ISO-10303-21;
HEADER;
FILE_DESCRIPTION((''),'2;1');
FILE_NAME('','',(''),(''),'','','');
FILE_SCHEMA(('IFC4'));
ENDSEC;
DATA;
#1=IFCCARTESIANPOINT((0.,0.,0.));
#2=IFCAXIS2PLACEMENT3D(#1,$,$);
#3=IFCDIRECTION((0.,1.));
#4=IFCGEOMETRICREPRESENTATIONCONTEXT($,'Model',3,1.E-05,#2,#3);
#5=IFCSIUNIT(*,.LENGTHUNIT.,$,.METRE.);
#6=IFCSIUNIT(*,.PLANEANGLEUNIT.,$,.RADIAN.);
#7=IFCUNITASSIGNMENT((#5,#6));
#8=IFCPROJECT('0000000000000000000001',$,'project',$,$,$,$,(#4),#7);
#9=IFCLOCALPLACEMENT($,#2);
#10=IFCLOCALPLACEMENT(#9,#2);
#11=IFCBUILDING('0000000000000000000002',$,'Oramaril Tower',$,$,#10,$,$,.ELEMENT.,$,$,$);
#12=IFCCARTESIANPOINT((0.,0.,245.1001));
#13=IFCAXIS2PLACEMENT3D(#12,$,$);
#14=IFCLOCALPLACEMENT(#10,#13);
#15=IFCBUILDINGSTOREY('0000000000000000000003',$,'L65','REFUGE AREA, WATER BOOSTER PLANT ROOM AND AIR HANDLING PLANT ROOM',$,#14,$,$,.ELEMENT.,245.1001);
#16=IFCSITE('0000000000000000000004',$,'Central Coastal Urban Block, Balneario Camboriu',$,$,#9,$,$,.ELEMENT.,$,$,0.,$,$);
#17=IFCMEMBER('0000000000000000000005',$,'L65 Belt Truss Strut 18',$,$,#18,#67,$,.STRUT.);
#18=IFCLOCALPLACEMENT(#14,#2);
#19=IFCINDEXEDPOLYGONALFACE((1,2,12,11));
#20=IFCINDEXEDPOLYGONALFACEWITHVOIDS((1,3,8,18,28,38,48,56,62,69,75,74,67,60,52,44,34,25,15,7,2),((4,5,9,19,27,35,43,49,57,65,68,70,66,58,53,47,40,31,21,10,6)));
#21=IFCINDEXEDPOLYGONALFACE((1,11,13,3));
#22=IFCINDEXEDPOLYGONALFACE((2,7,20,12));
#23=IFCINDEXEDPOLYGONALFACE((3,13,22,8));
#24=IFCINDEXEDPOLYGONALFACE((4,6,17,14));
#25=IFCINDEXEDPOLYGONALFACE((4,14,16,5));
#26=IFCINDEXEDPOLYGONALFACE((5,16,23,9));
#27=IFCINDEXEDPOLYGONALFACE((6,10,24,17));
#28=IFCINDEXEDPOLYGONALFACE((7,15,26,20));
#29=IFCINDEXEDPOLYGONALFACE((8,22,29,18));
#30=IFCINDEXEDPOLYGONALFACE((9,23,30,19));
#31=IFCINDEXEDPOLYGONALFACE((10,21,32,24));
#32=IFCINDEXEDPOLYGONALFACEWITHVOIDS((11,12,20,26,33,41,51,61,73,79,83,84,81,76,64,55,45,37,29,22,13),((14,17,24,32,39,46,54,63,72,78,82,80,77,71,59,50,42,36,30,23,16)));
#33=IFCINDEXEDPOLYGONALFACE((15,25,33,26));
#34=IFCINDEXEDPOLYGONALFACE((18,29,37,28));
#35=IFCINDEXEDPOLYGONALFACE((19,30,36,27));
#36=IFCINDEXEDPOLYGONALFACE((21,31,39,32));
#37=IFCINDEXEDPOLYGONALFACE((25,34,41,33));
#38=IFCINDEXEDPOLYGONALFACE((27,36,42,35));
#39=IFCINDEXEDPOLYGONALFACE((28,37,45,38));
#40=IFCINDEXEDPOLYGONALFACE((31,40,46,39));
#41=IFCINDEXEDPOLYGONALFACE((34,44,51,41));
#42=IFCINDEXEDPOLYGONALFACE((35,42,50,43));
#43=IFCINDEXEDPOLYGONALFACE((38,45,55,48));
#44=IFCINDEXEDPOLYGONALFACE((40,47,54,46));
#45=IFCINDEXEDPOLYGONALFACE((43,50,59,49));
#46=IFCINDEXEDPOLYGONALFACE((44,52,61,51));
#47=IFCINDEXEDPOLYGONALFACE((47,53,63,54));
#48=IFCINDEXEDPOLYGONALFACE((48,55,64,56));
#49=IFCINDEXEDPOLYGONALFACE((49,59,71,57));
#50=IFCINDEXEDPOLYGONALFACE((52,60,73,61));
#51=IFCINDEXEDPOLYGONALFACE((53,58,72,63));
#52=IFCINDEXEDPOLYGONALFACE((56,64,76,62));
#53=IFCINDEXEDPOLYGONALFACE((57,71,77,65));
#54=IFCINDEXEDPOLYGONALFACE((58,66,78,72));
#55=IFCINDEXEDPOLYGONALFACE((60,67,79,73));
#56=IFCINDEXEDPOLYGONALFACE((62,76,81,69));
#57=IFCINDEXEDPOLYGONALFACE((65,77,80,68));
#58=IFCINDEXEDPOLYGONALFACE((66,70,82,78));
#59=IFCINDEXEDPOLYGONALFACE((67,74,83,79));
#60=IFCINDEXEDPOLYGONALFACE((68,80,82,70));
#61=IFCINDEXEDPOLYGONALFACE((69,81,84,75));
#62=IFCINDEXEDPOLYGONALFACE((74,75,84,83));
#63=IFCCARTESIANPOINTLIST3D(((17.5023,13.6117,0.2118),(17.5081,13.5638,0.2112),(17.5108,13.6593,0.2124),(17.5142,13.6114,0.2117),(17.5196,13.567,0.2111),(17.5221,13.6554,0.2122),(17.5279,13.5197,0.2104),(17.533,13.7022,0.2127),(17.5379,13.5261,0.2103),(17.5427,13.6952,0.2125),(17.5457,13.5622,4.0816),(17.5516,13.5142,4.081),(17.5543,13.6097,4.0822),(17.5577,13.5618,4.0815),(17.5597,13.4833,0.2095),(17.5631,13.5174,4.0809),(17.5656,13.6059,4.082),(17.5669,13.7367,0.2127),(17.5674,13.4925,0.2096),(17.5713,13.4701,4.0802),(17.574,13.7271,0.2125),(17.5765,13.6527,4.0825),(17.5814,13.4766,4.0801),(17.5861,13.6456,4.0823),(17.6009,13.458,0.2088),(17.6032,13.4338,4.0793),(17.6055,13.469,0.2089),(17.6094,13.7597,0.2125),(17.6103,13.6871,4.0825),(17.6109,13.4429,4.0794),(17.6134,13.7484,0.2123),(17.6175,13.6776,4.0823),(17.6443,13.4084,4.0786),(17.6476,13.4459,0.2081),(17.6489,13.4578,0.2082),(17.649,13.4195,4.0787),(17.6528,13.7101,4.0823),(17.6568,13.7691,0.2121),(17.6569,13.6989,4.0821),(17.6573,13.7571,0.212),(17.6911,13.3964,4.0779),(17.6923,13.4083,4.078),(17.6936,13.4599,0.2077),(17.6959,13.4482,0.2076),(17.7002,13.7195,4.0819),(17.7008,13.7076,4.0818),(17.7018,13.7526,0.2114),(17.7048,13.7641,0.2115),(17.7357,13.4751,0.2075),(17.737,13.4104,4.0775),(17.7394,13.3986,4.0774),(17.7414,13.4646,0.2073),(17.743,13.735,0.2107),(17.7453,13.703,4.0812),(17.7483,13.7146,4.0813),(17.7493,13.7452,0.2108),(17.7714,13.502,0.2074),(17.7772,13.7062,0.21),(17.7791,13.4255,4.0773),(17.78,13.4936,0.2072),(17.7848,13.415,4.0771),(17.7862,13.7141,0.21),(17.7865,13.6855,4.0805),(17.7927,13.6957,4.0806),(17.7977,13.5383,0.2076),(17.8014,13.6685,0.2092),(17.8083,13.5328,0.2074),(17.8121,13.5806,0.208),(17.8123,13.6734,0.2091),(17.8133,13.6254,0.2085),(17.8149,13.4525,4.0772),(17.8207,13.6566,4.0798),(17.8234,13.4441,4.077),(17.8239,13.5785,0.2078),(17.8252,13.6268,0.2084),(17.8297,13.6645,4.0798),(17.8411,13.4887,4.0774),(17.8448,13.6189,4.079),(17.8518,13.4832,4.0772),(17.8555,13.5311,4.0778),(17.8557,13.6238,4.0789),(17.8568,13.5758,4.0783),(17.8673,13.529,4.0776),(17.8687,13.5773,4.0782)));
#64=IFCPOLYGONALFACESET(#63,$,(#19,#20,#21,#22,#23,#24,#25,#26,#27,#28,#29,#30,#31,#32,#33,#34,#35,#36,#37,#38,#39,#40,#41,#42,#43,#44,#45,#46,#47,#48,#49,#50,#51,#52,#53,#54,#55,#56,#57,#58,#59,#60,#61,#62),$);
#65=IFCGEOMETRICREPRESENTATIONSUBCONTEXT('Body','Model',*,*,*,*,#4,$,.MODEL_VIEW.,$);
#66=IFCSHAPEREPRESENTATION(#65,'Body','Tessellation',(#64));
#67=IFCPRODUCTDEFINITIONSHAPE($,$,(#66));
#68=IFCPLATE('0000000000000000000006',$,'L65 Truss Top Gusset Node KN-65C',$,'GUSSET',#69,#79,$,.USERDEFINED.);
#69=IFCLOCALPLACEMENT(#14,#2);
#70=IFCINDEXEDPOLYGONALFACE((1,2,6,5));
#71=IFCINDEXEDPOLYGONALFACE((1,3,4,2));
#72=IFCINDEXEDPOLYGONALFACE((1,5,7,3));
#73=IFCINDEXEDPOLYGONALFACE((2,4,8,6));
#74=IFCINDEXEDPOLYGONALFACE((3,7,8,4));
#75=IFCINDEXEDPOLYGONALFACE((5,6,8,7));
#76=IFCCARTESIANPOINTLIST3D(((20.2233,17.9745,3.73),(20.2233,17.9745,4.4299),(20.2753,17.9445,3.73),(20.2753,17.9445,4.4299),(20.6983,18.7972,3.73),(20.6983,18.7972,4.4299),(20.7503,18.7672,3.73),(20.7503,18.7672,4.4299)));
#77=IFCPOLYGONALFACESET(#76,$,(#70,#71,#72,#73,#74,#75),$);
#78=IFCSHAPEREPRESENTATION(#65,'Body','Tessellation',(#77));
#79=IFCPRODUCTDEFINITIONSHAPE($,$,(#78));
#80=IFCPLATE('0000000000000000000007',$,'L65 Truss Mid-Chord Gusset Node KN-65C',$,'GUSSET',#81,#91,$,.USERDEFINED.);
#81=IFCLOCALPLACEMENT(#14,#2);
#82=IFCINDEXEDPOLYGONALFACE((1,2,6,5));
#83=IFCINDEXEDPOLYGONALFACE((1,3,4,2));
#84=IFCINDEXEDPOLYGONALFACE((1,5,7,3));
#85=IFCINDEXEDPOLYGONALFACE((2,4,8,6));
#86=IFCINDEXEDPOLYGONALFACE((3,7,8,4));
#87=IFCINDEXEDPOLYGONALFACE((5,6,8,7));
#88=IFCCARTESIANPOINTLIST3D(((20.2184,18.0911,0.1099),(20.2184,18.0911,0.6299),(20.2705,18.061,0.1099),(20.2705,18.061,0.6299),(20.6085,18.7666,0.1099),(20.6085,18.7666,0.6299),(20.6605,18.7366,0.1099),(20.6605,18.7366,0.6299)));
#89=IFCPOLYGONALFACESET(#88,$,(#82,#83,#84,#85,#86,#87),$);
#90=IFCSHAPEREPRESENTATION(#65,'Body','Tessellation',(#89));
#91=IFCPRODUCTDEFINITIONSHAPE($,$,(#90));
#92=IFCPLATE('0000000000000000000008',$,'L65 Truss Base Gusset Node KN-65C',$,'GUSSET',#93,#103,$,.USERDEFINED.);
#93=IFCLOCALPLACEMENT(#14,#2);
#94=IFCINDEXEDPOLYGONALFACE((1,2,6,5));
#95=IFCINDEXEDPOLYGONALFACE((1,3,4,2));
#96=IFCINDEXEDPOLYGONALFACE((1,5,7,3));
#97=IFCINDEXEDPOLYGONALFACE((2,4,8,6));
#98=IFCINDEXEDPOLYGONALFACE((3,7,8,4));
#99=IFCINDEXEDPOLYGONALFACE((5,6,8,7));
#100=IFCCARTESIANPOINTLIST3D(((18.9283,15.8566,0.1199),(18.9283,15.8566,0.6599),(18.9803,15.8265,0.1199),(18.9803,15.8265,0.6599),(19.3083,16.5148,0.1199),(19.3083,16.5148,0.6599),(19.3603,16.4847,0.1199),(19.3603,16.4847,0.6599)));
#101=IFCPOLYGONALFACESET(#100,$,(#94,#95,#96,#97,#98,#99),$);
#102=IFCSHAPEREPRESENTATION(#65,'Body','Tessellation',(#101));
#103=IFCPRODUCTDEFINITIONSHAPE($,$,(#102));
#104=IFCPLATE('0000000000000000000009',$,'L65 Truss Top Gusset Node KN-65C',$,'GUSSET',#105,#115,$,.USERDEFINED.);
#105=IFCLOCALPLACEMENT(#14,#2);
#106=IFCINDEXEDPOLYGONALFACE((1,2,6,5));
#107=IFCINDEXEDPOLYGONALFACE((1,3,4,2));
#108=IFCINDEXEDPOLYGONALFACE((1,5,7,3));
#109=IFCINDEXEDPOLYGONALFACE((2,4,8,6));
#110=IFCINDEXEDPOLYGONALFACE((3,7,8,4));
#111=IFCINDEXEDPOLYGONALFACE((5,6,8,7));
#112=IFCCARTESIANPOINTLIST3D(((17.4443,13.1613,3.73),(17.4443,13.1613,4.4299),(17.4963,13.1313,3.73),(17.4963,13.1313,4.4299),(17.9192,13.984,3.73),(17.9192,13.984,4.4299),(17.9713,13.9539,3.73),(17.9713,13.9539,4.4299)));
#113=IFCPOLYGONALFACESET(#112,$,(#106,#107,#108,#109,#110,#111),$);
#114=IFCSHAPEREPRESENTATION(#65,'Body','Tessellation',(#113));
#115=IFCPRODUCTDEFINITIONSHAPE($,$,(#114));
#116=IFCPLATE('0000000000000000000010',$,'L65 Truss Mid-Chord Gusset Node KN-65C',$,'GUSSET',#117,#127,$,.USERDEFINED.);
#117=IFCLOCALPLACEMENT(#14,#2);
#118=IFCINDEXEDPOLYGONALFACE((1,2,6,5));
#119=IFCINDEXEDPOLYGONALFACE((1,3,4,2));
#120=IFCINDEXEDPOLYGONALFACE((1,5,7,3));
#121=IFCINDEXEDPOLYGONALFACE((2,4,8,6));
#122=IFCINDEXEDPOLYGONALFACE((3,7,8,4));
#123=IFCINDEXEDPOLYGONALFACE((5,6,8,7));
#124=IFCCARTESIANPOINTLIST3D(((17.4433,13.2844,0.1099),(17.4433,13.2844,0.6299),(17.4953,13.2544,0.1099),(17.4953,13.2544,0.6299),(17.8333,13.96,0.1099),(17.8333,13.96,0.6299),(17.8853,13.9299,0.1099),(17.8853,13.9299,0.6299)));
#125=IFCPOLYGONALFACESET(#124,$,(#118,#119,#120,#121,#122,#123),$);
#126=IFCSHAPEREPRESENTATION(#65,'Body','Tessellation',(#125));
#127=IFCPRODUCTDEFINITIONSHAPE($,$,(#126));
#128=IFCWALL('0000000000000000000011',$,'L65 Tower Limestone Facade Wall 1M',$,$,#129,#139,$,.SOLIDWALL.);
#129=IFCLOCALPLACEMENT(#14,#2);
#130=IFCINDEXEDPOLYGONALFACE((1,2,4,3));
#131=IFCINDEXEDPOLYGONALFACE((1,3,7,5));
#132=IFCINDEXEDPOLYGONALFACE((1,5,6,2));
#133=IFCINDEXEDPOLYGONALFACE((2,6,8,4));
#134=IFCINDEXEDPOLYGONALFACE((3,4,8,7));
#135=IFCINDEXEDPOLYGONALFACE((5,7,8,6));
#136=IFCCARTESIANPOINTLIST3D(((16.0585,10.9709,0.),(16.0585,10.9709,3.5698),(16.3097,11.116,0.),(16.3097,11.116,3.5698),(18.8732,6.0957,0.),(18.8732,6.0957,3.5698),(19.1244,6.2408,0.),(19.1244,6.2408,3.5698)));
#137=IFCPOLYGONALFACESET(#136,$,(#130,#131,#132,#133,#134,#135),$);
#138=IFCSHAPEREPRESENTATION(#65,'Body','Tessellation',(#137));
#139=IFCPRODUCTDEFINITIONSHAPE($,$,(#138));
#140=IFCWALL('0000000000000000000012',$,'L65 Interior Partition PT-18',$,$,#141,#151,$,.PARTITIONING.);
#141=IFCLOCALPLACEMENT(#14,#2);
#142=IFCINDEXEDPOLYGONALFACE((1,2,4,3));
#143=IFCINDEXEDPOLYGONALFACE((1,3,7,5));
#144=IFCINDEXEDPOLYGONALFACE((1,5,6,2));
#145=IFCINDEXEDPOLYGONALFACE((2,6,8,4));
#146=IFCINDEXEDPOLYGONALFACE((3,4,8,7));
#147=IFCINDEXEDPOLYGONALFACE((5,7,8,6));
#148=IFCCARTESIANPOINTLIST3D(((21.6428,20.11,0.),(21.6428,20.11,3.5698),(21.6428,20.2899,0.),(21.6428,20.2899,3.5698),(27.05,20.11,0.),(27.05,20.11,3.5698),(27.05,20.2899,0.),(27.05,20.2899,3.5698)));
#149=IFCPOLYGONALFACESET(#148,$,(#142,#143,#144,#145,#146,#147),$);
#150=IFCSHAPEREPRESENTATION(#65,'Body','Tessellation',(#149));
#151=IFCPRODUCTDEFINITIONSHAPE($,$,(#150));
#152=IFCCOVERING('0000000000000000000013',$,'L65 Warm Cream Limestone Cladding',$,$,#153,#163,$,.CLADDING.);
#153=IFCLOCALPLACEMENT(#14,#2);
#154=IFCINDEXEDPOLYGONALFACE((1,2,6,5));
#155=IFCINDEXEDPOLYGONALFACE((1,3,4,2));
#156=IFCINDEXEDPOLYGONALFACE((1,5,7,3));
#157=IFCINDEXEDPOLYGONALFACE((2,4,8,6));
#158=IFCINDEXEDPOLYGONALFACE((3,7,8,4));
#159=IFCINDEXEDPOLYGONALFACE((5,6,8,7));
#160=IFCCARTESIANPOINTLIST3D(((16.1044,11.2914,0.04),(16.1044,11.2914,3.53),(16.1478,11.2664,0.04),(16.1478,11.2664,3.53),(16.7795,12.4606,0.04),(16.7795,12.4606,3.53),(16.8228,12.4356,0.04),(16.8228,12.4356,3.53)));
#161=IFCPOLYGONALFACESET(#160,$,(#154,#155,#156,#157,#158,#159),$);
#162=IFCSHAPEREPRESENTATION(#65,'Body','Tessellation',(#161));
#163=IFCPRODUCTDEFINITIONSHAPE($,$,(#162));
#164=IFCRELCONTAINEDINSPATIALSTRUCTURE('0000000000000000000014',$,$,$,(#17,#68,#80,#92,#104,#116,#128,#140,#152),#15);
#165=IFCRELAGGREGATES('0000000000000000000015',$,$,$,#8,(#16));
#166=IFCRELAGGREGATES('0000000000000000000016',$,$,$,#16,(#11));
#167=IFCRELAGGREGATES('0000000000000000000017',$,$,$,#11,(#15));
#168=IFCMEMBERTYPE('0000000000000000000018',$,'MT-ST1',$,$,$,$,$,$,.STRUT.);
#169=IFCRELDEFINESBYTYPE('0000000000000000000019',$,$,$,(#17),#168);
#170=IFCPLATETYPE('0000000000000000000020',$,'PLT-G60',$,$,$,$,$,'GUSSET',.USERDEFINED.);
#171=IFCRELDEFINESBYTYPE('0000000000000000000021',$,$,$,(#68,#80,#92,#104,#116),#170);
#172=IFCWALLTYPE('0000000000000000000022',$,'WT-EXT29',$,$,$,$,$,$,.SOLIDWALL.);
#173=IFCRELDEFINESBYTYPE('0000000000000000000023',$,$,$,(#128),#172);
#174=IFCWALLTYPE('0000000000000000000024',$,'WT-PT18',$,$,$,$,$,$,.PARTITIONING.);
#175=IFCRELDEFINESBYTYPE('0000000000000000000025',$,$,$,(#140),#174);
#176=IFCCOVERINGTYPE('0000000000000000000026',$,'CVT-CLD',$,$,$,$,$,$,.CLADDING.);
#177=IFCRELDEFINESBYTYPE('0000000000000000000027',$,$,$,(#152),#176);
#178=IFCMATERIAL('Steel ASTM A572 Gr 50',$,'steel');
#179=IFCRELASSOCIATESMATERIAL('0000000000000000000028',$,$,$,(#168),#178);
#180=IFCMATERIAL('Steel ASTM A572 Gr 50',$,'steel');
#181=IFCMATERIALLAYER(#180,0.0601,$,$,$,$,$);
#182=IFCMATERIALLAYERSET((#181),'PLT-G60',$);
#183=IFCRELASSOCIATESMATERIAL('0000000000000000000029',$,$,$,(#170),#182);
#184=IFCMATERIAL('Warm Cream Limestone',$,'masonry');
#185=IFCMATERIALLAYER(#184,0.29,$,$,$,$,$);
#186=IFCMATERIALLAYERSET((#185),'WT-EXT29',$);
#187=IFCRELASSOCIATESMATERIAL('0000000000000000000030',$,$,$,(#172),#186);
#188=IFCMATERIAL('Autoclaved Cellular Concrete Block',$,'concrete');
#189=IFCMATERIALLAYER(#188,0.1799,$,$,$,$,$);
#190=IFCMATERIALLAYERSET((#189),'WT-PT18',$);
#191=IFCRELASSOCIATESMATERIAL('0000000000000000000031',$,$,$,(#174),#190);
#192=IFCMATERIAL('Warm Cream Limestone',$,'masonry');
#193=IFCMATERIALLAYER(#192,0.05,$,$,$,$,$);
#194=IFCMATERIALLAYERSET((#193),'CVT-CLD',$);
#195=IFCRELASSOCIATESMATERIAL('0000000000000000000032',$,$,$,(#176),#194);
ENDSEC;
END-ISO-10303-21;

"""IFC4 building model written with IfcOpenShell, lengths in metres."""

from ifc_helpers import new_model, si_unit, direction, frame, frame_2d, origin, origin_2d, place, context, subcontext, project, spatial, rectangle, hollow_circle, extrude, material, layer, layer_set, material_profile, profile_set, type_object, element, save


model = new_model("IFC4")

# Units and contexts
model_context = context("Model", 3, precision=1e-05, world=origin(), true_north=direction((0.0, 1.0)))
body_context = subcontext(model_context, "Body", "Model", "MODEL_VIEW")
ifc_project = project(units=[si_unit("LENGTHUNIT", "METRE"), si_unit("PLANEANGLEUNIT", "RADIAN")], contexts=[model_context])

# Site, building, storey
site_placement = place(None, origin())
site = spatial("IfcSite", under=ifc_project, at=site_placement, Name="Central Coastal Urban Block, Balneario Camboriu", CompositionType="ELEMENT", RefElevation=0.0)
building_placement = place(site_placement, origin())
building = spatial("IfcBuilding", under=site, at=building_placement, Name="Oramaril Tower", CompositionType="ELEMENT")
storey_placement = place(building_placement, frame((0.0, 0.0, 245.1001)))
storey = spatial("IfcBuildingStorey", under=building, at=storey_placement, Name="L65", Description="REFUGE AREA, WATER BOOSTER PLANT ROOM AND AIR HANDLING PLANT ROOM", CompositionType="ELEMENT", Elevation=245.1001)

# Member
ifc_material_1 = material(Name="Steel ASTM A572 Gr 50", Category="steel")
ifc_material_profile_1 = material_profile(ifc_material_1, hollow_circle(Radius=0.1621, WallThickness=0.012, at=origin_2d()), Name="CHS324X12")
ifc_profile_set_1 = profile_set([ifc_material_profile_1], Name="Steel ASTM A572 Gr 50")
member_type_1 = type_object("IfcMemberType", Name="MT-ST1", PredefinedType="STRUT", material=ifc_profile_set_1)
for number, where, z_axis, x_axis, name in (
    (1, (17.6643, 13.6072, 0.21), (0.011228, -0.012805, 0.999855), (0.751888, 0.659291, 0.0), "L65 Belt Truss Strut 18"),
):
    element("IfcMember", number, at=place(storey_placement, frame(where, z_axis=z_axis, x_axis=x_axis)), inside=storey, type_object=member_type_1, Name=name, PredefinedType="STRUT", context=body_context, shape_type="SweptSolid", body=[
        extrude(hollow_circle(Radius=0.1621, WallThickness=0.012, at=origin_2d()), origin(), (0.0, 0.0, 1.0), 3.8704),
    ])

# Plates
ifc_material_2 = material(Name="Steel ASTM A572 Gr 50", Category="steel")
ifc_layer_1 = layer(ifc_material_2, 0.0601)
ifc_layer_set_1 = layer_set([ifc_layer_1], Name="PLT-G60")
plate_type = type_object("IfcPlateType", Name="PLT-G60", ElementType="GUSSET", PredefinedType="USERDEFINED", material=ifc_layer_set_1)
plate_1_placement = place(storey_placement, frame((20.4868, 18.3708, 3.73), z_axis=(0.0, 0.0, 1.0), x_axis=(-0.499998, -0.866026, 0.0)))
element("IfcPlate", 2, at=plate_1_placement, inside=storey, type_object=plate_type, Name="L65 Truss Top Gusset Node KN-65C", ObjectType="GUSSET", PredefinedType="USERDEFINED", context=body_context, shape_type="SweptSolid", body=[
    extrude(rectangle(XDim=0.95, YDim=0.0601, at=origin_2d()), origin(), (0.0, 0.0, 1.0), 0.7),
])
plate_2_placement = place(storey_placement, frame((20.4395, 18.4138, 0.1099), z_axis=(0.0, 0.0, 1.0), x_axis=(-0.499998, -0.866026, 0.0)))
element("IfcPlate", 3, at=plate_2_placement, inside=storey, type_object=plate_type, Name="L65 Truss Mid-Chord Gusset Node KN-65C", ObjectType="GUSSET", PredefinedType="USERDEFINED", context=body_context, shape_type="SweptSolid", body=[
    extrude(rectangle(XDim=0.78, YDim=0.0601, at=origin_2d()), origin(), (0.0, 0.0, 1.0), 0.52),
])
plate_3_placement = place(storey_placement, frame((19.1443, 16.1707, 0.1199), z_axis=(0.0, 0.0, 1.0), x_axis=(-0.499998, -0.866026, 0.0)))
element("IfcPlate", 4, at=plate_3_placement, inside=storey, type_object=plate_type, Name="L65 Truss Base Gusset Node KN-65C", ObjectType="GUSSET", PredefinedType="USERDEFINED", context=body_context, shape_type="SweptSolid", body=[
    extrude(rectangle(XDim=0.76, YDim=0.0601, at=origin_2d()), origin(), (0.0, 0.0, 1.0), 0.54),
])
plate_4_placement = place(storey_placement, frame((17.7078, 13.5576, 3.73), z_axis=(0.0, 0.0, 1.0), x_axis=(-0.500002, -0.866025, 0.0)))
element("IfcPlate", 5, at=plate_4_placement, inside=storey, type_object=plate_type, Name="L65 Truss Top Gusset Node KN-65C", ObjectType="GUSSET", PredefinedType="USERDEFINED", context=body_context, shape_type="SweptSolid", body=[
    extrude(rectangle(XDim=0.95, YDim=0.0601, at=origin_2d()), origin(), (0.0, 0.0, 1.0), 0.7),
])
plate_5_placement = place(storey_placement, frame((17.6643, 13.6072, 0.1099), z_axis=(0.0, 0.0, 1.0), x_axis=(-0.500002, -0.866025, 0.0)))
element("IfcPlate", 6, at=plate_5_placement, inside=storey, type_object=plate_type, Name="L65 Truss Mid-Chord Gusset Node KN-65C", ObjectType="GUSSET", PredefinedType="USERDEFINED", context=body_context, shape_type="SweptSolid", body=[
    extrude(rectangle(XDim=0.78, YDim=0.0601, at=origin_2d()), origin(), (0.0, 0.0, 1.0), 0.52),
])

# Walls
ifc_material_3 = material(Name="Warm Cream Limestone", Category="masonry")
ifc_layer_2 = layer(ifc_material_3, 0.29)
ifc_layer_set_2 = layer_set([ifc_layer_2], Name="WT-EXT29")
wall_type_1 = type_object("IfcWallType", Name="WT-EXT29", PredefinedType="SOLIDWALL", material=ifc_layer_set_2)
wall_1_placement = place(storey_placement, frame((16.1841, 11.0435, 0.0), z_axis=(0.0, 0.0, 1.0), x_axis=(0.499997, -0.866027, 0.0)))
element("IfcWall", 7, at=wall_1_placement, inside=storey, type_object=wall_type_1, Name="L65 Tower Limestone Facade Wall 1M", PredefinedType="SOLIDWALL", context=body_context, shape_type="SweptSolid", body=[
    extrude(rectangle(XDim=5.6294, YDim=0.29, at=frame_2d((2.8147, 0.0))), origin(), (0.0, 0.0, 1.0), 3.5698),
])
ifc_material_4 = material(Name="Autoclaved Cellular Concrete Block", Category="concrete")
ifc_layer_3 = layer(ifc_material_4, 0.1799)
ifc_layer_set_3 = layer_set([ifc_layer_3], Name="WT-PT18")
wall_type_2 = type_object("IfcWallType", Name="WT-PT18", PredefinedType="PARTITIONING", material=ifc_layer_set_3)
wall_2_placement = place(storey_placement, frame((21.6428, 20.2, 0.0), z_axis=(0.0, 0.0, 1.0), x_axis=(1.0, 0.0, 0.0)))
element("IfcWall", 8, at=wall_2_placement, inside=storey, type_object=wall_type_2, Name="L65 Interior Partition PT-18", PredefinedType="PARTITIONING", context=body_context, shape_type="SweptSolid", body=[
    extrude(rectangle(XDim=5.4072, YDim=0.1799, at=frame_2d((2.7036, 0.0))), origin(), (0.0, 0.0, 1.0), 3.5698),
])

# Covering
ifc_material_5 = material(Name="Warm Cream Limestone", Category="masonry")
ifc_layer_4 = layer(ifc_material_5, 0.05)
ifc_layer_set_4 = layer_set([ifc_layer_4], Name="CVT-CLD")
covering_type = type_object("IfcCoveringType", Name="CVT-CLD", PredefinedType="CLADDING", material=ifc_layer_set_4)
covering_placement = place(storey_placement, frame((16.4636, 11.8635, 0.04), z_axis=(0.0, 0.0, 1.0), x_axis=(-0.5, -0.866025, 0.0)))
element("IfcCovering", 9, at=covering_placement, inside=storey, type_object=covering_type, Name="L65 Warm Cream Limestone Cladding", PredefinedType="CLADDING", context=body_context, shape_type="SweptSolid", body=[
    extrude(rectangle(XDim=1.3501, YDim=0.05, at=origin_2d()), origin(), (0.0, 0.0, 1.0), 3.49),
])

save(model, "model.ifc")
